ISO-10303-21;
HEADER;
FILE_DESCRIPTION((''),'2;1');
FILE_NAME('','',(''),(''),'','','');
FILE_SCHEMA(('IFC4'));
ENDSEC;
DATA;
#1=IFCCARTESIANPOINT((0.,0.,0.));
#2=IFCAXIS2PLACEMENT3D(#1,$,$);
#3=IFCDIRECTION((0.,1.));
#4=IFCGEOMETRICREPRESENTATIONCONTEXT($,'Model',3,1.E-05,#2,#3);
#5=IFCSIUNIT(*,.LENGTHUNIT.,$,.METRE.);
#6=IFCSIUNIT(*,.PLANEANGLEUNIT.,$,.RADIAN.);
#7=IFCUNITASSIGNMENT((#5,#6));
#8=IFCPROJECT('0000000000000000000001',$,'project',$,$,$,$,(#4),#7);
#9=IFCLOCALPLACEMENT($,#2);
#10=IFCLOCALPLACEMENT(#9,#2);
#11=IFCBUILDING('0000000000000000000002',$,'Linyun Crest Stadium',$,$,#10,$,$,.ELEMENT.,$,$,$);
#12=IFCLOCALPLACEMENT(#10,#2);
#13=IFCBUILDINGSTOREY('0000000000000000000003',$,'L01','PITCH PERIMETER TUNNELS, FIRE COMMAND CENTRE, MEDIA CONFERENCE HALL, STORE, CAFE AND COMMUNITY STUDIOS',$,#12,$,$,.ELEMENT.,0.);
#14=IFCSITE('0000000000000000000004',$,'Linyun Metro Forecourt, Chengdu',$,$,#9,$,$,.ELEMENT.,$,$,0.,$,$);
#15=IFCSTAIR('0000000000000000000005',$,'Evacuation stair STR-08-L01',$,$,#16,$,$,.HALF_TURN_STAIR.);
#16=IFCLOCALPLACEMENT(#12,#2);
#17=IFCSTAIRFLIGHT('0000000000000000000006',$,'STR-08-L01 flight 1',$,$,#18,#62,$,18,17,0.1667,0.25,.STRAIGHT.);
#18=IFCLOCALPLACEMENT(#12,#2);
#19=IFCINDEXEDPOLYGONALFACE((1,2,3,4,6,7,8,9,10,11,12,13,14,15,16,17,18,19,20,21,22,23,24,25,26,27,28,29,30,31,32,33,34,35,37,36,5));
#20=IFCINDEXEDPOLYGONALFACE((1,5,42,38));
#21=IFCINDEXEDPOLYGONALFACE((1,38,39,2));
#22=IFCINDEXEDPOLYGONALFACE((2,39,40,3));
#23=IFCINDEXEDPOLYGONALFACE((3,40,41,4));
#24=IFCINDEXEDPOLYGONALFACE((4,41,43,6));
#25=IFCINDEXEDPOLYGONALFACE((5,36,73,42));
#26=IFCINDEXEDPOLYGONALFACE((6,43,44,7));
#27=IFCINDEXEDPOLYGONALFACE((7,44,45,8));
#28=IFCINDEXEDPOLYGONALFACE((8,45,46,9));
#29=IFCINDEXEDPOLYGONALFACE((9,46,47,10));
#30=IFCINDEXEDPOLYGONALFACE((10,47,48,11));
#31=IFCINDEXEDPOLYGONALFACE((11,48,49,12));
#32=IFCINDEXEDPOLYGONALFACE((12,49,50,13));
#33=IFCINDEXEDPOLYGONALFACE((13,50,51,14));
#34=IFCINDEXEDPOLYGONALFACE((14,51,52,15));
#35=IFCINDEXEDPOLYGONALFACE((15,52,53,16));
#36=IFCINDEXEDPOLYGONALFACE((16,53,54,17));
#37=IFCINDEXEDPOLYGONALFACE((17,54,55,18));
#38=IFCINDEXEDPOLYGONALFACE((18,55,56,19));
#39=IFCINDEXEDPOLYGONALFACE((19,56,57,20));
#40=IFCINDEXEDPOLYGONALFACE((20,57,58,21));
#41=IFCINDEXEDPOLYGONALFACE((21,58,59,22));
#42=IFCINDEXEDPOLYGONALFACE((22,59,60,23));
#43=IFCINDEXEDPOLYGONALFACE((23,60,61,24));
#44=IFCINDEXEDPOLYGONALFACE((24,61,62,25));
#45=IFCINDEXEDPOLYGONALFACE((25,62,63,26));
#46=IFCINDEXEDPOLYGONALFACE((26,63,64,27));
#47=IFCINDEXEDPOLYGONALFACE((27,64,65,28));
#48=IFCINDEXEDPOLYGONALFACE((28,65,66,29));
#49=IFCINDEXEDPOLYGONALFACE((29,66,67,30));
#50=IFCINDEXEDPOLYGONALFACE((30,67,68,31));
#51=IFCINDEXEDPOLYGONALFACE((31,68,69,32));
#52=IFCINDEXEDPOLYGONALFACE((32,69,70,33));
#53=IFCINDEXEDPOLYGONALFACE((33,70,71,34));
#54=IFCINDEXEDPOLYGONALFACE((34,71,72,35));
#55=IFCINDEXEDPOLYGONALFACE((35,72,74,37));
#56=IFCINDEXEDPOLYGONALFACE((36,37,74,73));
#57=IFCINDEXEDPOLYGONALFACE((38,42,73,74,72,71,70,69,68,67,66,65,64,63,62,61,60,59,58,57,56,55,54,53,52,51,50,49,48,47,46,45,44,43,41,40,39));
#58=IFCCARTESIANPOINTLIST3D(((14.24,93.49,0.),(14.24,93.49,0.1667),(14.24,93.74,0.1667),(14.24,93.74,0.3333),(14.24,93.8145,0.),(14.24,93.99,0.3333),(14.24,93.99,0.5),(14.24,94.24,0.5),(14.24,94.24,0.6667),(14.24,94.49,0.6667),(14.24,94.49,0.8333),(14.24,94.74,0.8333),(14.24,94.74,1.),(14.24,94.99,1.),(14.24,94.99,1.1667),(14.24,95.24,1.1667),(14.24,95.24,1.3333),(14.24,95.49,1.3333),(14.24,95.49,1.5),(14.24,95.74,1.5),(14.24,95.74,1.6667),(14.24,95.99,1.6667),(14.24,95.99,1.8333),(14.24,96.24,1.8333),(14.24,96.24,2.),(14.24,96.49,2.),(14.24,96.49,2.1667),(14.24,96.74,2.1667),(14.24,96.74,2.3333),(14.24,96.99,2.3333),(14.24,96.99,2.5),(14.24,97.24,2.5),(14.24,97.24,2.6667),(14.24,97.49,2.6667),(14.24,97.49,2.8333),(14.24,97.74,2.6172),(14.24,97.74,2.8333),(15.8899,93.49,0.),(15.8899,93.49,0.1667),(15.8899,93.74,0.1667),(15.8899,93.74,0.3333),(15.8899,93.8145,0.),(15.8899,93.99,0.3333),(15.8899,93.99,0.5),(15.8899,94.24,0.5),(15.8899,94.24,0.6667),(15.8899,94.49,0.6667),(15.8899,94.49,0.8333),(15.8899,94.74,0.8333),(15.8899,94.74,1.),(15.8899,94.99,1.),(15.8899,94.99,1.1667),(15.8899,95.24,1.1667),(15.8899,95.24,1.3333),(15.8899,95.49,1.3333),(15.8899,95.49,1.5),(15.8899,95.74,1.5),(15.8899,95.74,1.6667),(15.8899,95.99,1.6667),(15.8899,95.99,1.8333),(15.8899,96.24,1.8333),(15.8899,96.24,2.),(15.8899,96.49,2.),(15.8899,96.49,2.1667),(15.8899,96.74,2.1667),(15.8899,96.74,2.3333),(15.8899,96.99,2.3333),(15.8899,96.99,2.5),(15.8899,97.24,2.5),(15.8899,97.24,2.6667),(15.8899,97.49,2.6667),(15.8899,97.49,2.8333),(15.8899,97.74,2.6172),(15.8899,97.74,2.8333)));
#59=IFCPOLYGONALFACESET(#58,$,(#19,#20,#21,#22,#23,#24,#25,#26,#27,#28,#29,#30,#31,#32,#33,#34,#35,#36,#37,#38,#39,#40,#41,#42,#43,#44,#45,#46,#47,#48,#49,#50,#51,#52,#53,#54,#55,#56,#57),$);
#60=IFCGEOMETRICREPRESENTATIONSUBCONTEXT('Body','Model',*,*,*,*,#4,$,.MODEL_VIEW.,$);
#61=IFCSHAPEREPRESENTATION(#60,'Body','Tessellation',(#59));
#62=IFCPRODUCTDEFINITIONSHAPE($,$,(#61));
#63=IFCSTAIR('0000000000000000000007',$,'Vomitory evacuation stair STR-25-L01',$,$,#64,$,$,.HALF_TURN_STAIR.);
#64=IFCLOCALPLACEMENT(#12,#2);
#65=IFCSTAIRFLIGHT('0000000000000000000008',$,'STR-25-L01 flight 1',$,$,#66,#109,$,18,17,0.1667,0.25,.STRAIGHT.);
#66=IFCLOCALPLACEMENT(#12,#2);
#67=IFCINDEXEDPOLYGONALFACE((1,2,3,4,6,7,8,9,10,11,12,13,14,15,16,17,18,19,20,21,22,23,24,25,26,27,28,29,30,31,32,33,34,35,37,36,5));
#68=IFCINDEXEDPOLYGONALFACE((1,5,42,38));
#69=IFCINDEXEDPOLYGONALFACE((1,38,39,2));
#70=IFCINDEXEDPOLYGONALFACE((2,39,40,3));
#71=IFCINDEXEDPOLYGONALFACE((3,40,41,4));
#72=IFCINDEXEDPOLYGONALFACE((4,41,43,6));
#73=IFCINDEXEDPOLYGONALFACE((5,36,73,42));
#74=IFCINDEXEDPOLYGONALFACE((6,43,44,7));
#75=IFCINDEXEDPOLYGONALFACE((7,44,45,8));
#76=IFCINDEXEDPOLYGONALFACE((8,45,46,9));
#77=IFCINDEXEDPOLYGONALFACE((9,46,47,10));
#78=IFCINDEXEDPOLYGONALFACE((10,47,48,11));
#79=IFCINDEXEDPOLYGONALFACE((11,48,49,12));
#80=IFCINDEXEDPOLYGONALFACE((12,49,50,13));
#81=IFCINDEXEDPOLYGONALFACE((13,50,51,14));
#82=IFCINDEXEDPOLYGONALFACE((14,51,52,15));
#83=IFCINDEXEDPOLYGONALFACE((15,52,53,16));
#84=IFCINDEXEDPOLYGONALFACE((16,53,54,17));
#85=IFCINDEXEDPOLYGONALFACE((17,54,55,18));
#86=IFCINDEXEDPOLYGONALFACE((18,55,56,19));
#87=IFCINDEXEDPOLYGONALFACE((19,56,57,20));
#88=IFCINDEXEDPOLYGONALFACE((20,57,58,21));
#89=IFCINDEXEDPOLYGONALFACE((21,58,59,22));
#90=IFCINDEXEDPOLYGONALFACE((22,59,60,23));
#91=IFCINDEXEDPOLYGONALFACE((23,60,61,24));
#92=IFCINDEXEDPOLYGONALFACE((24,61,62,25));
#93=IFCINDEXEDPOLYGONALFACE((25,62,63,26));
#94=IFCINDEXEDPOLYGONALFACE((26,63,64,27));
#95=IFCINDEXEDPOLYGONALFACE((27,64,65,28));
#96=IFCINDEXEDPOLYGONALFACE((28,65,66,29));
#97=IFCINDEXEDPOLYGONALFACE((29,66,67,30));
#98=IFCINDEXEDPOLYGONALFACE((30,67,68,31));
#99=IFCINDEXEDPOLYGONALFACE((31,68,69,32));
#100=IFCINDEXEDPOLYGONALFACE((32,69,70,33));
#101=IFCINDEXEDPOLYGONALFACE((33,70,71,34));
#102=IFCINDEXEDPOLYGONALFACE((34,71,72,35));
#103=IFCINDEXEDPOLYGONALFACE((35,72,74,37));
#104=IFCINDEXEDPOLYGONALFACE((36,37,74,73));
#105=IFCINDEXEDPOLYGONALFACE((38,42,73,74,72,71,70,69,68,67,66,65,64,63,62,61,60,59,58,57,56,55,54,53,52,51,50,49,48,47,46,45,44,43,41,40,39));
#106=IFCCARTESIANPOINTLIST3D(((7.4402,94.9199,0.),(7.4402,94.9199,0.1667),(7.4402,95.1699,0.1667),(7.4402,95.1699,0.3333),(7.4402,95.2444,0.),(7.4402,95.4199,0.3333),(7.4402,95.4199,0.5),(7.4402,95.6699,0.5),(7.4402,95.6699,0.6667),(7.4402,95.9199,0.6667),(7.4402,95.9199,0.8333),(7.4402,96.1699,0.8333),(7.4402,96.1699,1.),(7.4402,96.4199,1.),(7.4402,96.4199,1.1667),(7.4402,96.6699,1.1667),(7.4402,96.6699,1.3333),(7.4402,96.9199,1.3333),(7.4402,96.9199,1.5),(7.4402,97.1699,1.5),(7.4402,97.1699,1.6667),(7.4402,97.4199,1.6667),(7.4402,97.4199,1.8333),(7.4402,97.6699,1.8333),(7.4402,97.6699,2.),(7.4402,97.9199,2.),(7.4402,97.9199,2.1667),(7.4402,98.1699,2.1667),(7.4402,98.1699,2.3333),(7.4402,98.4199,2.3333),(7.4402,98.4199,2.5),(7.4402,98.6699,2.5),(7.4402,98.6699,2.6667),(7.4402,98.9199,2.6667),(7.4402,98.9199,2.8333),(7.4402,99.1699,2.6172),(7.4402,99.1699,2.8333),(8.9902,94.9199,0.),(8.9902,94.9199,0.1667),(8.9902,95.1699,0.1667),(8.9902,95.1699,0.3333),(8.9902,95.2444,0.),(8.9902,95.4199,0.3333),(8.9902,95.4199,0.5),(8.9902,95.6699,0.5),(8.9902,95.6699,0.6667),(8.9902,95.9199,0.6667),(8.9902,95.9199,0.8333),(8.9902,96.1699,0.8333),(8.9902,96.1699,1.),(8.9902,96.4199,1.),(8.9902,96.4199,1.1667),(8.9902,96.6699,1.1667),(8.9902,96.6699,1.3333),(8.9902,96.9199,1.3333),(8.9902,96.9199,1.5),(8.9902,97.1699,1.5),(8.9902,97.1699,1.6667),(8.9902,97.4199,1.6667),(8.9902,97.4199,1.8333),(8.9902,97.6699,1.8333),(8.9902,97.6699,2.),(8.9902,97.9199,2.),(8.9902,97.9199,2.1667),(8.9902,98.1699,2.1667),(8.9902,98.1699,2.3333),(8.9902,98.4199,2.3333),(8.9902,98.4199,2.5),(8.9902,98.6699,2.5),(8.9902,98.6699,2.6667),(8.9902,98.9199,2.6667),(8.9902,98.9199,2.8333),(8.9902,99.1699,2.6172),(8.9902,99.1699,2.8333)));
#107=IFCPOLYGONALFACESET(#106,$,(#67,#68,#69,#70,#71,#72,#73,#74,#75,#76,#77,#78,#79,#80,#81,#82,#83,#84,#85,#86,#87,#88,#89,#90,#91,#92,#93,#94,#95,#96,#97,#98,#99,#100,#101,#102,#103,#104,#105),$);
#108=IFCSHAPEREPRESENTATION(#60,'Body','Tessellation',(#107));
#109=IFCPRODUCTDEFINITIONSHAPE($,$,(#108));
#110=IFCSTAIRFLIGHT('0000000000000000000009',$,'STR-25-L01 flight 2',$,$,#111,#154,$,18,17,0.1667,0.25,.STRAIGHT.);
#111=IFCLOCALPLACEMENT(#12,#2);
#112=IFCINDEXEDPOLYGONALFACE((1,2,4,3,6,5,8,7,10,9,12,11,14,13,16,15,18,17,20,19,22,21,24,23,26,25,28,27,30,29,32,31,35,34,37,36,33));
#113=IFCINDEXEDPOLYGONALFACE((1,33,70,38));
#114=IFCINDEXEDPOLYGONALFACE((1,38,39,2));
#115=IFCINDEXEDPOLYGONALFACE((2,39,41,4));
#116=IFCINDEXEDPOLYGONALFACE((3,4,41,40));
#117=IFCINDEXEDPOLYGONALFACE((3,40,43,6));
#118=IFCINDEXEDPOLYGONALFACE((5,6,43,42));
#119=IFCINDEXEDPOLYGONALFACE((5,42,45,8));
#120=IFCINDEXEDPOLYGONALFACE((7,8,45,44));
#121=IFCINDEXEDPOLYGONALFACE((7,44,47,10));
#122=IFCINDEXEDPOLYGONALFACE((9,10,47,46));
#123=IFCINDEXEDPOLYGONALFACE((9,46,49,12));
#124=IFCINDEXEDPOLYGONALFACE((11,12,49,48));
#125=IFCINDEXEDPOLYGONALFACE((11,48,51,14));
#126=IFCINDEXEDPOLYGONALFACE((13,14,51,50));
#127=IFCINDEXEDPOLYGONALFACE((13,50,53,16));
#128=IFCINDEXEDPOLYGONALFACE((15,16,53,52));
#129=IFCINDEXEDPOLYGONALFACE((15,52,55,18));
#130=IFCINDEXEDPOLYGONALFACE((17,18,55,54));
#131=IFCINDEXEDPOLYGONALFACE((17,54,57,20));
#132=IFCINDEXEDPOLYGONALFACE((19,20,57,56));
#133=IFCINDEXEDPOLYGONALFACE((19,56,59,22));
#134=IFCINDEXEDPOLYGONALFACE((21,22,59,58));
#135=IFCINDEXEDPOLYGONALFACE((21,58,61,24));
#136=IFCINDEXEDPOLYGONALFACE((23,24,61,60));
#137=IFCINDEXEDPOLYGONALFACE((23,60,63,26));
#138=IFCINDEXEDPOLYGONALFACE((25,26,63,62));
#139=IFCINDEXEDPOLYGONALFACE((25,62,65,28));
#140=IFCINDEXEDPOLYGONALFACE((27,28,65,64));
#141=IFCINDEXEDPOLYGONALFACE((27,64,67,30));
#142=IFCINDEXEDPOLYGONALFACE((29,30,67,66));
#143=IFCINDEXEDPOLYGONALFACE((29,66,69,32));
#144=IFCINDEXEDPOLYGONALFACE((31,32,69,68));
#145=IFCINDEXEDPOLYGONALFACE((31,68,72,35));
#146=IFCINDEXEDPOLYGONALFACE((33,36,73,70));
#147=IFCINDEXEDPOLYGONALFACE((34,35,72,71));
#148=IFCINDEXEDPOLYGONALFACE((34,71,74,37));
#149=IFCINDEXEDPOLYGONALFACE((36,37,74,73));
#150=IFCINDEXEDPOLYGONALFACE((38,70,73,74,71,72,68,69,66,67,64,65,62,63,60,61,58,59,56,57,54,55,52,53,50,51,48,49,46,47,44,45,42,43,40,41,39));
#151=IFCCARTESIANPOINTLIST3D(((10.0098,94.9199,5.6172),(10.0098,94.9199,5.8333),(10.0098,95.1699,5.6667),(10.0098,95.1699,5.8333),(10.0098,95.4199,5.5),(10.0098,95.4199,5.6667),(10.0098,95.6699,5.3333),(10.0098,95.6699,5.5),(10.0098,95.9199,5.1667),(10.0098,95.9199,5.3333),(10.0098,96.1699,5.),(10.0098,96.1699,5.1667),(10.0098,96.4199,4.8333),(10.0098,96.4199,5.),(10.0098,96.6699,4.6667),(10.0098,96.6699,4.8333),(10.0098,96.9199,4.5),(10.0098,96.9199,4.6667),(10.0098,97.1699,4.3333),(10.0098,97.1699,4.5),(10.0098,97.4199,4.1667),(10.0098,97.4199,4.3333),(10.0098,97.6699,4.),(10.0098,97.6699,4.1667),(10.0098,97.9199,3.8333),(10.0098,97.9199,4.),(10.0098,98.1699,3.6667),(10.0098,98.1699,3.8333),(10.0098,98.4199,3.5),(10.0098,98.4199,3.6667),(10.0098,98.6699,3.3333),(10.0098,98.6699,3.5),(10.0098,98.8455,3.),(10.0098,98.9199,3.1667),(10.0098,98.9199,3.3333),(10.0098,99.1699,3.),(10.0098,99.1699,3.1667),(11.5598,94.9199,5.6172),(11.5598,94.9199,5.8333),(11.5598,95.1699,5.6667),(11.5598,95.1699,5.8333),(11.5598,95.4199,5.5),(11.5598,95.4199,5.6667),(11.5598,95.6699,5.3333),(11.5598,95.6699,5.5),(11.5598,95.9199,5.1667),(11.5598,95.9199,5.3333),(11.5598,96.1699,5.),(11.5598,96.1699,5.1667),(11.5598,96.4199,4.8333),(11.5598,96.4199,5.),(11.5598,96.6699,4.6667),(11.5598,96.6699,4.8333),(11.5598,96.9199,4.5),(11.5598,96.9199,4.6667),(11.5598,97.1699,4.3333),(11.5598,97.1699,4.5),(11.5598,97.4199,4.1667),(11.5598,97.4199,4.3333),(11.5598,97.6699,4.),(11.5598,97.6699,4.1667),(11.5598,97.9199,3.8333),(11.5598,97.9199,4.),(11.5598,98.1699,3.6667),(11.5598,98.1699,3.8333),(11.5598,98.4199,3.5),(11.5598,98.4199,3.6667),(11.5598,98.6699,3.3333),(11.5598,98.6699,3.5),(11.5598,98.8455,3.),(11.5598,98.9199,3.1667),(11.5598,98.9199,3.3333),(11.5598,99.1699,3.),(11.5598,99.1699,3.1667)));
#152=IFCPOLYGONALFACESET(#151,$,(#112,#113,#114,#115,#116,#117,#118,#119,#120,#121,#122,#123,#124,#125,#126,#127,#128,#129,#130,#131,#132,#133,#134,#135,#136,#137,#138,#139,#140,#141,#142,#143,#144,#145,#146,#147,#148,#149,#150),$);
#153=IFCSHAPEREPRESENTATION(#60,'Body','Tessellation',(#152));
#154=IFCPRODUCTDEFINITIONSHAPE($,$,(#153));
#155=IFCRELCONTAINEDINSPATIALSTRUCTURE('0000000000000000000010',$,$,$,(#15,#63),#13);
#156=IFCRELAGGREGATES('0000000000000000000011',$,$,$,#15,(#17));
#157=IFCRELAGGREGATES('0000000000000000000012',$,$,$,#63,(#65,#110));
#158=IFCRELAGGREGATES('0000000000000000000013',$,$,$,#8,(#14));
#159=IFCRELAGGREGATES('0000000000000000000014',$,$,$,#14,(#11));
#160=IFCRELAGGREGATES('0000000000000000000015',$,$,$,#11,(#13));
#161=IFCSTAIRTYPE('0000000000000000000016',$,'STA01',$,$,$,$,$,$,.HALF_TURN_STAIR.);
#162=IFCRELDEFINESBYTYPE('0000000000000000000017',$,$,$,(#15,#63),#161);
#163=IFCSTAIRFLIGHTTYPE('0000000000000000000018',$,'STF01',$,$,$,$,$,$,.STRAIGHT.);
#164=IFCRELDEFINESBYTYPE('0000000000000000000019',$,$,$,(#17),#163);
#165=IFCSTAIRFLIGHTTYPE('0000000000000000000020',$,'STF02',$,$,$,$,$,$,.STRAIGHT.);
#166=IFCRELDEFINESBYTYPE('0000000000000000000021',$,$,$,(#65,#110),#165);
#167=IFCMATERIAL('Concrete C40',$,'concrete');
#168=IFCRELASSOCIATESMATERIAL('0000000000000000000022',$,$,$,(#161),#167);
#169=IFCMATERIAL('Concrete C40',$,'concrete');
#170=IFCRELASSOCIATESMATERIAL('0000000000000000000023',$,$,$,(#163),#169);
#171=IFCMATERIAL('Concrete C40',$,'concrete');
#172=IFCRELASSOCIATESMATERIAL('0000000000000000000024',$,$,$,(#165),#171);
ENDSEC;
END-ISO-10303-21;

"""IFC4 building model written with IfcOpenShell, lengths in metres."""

from ifc_helpers import new_model, si_unit, direction, frame, origin, place, context, subcontext, project, spatial, polyline, outline, extrude, material, type_object, element, aggregate, save


model = new_model("IFC4")

# Units and contexts
model_context = context("Model", 3, precision=1e-05, world=origin(), true_north=direction((0.0, 1.0)))
body_context = subcontext(model_context, "Body", "Model", "MODEL_VIEW")
ifc_project = project(units=[si_unit("LENGTHUNIT", "METRE"), si_unit("PLANEANGLEUNIT", "RADIAN")], contexts=[model_context])

# Site, building, storey
site_placement = place(None, origin())
site = spatial("IfcSite", under=ifc_project, at=site_placement, Name="Linyun Metro Forecourt, Chengdu", CompositionType="ELEMENT", RefElevation=0.0)
building_placement = place(site_placement, origin())
building = spatial("IfcBuilding", under=site, at=building_placement, Name="Linyun Crest Stadium", CompositionType="ELEMENT")
storey_placement = place(building_placement, origin())
storey = spatial("IfcBuildingStorey", under=building, at=storey_placement, Name="L01", Description="PITCH PERIMETER TUNNELS, FIRE COMMAND CENTRE, MEDIA CONFERENCE HALL, STORE, CAFE AND COMMUNITY STUDIOS", CompositionType="ELEMENT", Elevation=0.0)

# Stair, stair flight
ifc_material_1 = material(Name="Concrete C40", Category="concrete")
stair_type = type_object("IfcStairType", Name="STA01", PredefinedType="HALF_TURN_STAIR", material=ifc_material_1)
stair_1_placement = place(storey_placement, origin())
stair_1 = element("IfcStair", 1, at=stair_1_placement, inside=storey, type_object=stair_type, Name="Evacuation stair STR-08-L01", PredefinedType="HALF_TURN_STAIR")
ifc_material_2 = material(Name="Concrete C40", Category="concrete")
stair_flight_type_1 = type_object("IfcStairFlightType", Name="STF01", PredefinedType="STRAIGHT", material=ifc_material_2)
stair_flight_1_placement = place(storey_placement, frame((15.0649, 93.49, 0.0), z_axis=(0.0, 0.0, 1.0), x_axis=(0.0, 1.0, 0.0)))
stair_flight_1 = element("IfcStairFlight", 2, at=stair_flight_1_placement, type_object=stair_flight_type_1, Name="STR-08-L01 flight 1", NumberOfRisers=18, NumberOfTreads=17, PredefinedType="STRAIGHT", RiserHeight=0.1667, TreadLength=0.25, context=body_context, shape_type="SweptSolid", body=[
    extrude(outline(polyline([(0.0, 0.0), (0.0, 0.1667), (0.25, 0.1667), (0.25, 0.3333), (0.5, 0.3333), (0.5, 0.5), (0.75, 0.5), (0.75, 0.6667), (1.0, 0.6667), (1.0, 0.8333), (1.25, 0.8333), (1.25, 1.0), (1.5, 1.0), (1.5, 1.1667), (1.75, 1.1667), (1.75, 1.3333), (2.0, 1.3333), (2.0, 1.5), (2.25, 1.5), (2.25, 1.6667), (2.5, 1.6667), (2.5, 1.8333), (2.75, 1.8333), (2.75, 2.0), (3.0, 2.0), (3.0, 2.1667), (3.25, 2.1667), (3.25, 2.3333), (3.5, 2.3333), (3.5, 2.5), (3.75, 2.5), (3.75, 2.6667), (4.0, 2.6667), (4.0, 2.8333), (4.25, 2.8333), (4.25, 3.0), (4.25, 2.6172), (0.3245, 0.0), (0.0, 0.0)])), frame((0.0, 0.825, 0.0), z_axis=(0.0, -1.0, 0.0), x_axis=(1.0, 0.0, 0.0)), (0.0, 0.0, 1.0), 1.6499),
])
aggregate(stair_1, [stair_flight_1])

# Stair, stair flights
stair_2_placement = place(storey_placement, origin())
stair_2 = element("IfcStair", 3, at=stair_2_placement, inside=storey, type_object=stair_type, Name="Vomitory evacuation stair STR-25-L01", PredefinedType="HALF_TURN_STAIR")
ifc_material_3 = material(Name="Concrete C40", Category="concrete")
stair_flight_type_2 = type_object("IfcStairFlightType", Name="STF02", PredefinedType="STRAIGHT", material=ifc_material_3)
stair_flight_2_placement = place(storey_placement, frame((8.2151, 94.9199, 0.0), z_axis=(0.0, 0.0, 1.0), x_axis=(0.0, 1.0, 0.0)))
stair_flight_2 = element("IfcStairFlight", 4, at=stair_flight_2_placement, type_object=stair_flight_type_2, Name="STR-25-L01 flight 1", NumberOfRisers=18, NumberOfTreads=17, PredefinedType="STRAIGHT", RiserHeight=0.1667, TreadLength=0.25, context=body_context, shape_type="SweptSolid", body=[
    extrude(outline(polyline([(0.0, 0.0), (0.0, 0.1667), (0.25, 0.1667), (0.25, 0.3333), (0.5, 0.3333), (0.5, 0.5), (0.75, 0.5), (0.75, 0.6667), (1.0, 0.6667), (1.0, 0.8333), (1.25, 0.8333), (1.25, 1.0), (1.5, 1.0), (1.5, 1.1667), (1.75, 1.1667), (1.75, 1.3333), (2.0, 1.3333), (2.0, 1.5), (2.25, 1.5), (2.25, 1.6667), (2.5, 1.6667), (2.5, 1.8333), (2.75, 1.8333), (2.75, 2.0), (3.0, 2.0), (3.0, 2.1667), (3.25, 2.1667), (3.25, 2.3333), (3.5, 2.3333), (3.5, 2.5), (3.75, 2.5), (3.75, 2.6667), (4.0, 2.6667), (4.0, 2.8333), (4.25, 2.8333), (4.25, 3.0), (4.25, 2.6172), (0.3245, 0.0), (0.0, 0.0)])), frame((0.0, 0.7749, 0.0), z_axis=(0.0, -1.0, 0.0), x_axis=(1.0, 0.0, 0.0)), (0.0, 0.0, 1.0), 1.55),
])
stair_flight_3_placement = place(storey_placement, frame((10.7849, 99.1699, 3.0), z_axis=(0.0, 0.0, 1.0), x_axis=(0.0, -1.0, 0.0)))
stair_flight_3 = element("IfcStairFlight", 5, at=stair_flight_3_placement, type_object=stair_flight_type_2, Name="STR-25-L01 flight 2", NumberOfRisers=18, NumberOfTreads=17, PredefinedType="STRAIGHT", RiserHeight=0.1667, TreadLength=0.25, context=body_context, shape_type="SweptSolid", body=[
    extrude(outline(polyline([(0.0, 0.0), (0.0, 0.1667), (0.25, 0.1667), (0.25, 0.3333), (0.5, 0.3333), (0.5, 0.5), (0.75, 0.5), (0.75, 0.6667), (1.0, 0.6667), (1.0, 0.8333), (1.25, 0.8333), (1.25, 1.0), (1.5, 1.0), (1.5, 1.1667), (1.75, 1.1667), (1.75, 1.3333), (2.0, 1.3333), (2.0, 1.5), (2.25, 1.5), (2.25, 1.6667), (2.5, 1.6667), (2.5, 1.8333), (2.75, 1.8333), (2.75, 2.0), (3.0, 2.0), (3.0, 2.1667), (3.25, 2.1667), (3.25, 2.3333), (3.5, 2.3333), (3.5, 2.5), (3.75, 2.5), (3.75, 2.6667), (4.0, 2.6667), (4.0, 2.8333), (4.25, 2.8333), (4.25, 3.0), (4.25, 2.6172), (0.3245, 0.0), (0.0, 0.0)])), frame((0.0, 0.7749, 0.0), z_axis=(0.0, -1.0, 0.0), x_axis=(1.0, 0.0, 0.0)), (0.0, 0.0, 1.0), 1.55),
])
aggregate(stair_2, [stair_flight_2, stair_flight_3])

save(model, "model.ifc")
